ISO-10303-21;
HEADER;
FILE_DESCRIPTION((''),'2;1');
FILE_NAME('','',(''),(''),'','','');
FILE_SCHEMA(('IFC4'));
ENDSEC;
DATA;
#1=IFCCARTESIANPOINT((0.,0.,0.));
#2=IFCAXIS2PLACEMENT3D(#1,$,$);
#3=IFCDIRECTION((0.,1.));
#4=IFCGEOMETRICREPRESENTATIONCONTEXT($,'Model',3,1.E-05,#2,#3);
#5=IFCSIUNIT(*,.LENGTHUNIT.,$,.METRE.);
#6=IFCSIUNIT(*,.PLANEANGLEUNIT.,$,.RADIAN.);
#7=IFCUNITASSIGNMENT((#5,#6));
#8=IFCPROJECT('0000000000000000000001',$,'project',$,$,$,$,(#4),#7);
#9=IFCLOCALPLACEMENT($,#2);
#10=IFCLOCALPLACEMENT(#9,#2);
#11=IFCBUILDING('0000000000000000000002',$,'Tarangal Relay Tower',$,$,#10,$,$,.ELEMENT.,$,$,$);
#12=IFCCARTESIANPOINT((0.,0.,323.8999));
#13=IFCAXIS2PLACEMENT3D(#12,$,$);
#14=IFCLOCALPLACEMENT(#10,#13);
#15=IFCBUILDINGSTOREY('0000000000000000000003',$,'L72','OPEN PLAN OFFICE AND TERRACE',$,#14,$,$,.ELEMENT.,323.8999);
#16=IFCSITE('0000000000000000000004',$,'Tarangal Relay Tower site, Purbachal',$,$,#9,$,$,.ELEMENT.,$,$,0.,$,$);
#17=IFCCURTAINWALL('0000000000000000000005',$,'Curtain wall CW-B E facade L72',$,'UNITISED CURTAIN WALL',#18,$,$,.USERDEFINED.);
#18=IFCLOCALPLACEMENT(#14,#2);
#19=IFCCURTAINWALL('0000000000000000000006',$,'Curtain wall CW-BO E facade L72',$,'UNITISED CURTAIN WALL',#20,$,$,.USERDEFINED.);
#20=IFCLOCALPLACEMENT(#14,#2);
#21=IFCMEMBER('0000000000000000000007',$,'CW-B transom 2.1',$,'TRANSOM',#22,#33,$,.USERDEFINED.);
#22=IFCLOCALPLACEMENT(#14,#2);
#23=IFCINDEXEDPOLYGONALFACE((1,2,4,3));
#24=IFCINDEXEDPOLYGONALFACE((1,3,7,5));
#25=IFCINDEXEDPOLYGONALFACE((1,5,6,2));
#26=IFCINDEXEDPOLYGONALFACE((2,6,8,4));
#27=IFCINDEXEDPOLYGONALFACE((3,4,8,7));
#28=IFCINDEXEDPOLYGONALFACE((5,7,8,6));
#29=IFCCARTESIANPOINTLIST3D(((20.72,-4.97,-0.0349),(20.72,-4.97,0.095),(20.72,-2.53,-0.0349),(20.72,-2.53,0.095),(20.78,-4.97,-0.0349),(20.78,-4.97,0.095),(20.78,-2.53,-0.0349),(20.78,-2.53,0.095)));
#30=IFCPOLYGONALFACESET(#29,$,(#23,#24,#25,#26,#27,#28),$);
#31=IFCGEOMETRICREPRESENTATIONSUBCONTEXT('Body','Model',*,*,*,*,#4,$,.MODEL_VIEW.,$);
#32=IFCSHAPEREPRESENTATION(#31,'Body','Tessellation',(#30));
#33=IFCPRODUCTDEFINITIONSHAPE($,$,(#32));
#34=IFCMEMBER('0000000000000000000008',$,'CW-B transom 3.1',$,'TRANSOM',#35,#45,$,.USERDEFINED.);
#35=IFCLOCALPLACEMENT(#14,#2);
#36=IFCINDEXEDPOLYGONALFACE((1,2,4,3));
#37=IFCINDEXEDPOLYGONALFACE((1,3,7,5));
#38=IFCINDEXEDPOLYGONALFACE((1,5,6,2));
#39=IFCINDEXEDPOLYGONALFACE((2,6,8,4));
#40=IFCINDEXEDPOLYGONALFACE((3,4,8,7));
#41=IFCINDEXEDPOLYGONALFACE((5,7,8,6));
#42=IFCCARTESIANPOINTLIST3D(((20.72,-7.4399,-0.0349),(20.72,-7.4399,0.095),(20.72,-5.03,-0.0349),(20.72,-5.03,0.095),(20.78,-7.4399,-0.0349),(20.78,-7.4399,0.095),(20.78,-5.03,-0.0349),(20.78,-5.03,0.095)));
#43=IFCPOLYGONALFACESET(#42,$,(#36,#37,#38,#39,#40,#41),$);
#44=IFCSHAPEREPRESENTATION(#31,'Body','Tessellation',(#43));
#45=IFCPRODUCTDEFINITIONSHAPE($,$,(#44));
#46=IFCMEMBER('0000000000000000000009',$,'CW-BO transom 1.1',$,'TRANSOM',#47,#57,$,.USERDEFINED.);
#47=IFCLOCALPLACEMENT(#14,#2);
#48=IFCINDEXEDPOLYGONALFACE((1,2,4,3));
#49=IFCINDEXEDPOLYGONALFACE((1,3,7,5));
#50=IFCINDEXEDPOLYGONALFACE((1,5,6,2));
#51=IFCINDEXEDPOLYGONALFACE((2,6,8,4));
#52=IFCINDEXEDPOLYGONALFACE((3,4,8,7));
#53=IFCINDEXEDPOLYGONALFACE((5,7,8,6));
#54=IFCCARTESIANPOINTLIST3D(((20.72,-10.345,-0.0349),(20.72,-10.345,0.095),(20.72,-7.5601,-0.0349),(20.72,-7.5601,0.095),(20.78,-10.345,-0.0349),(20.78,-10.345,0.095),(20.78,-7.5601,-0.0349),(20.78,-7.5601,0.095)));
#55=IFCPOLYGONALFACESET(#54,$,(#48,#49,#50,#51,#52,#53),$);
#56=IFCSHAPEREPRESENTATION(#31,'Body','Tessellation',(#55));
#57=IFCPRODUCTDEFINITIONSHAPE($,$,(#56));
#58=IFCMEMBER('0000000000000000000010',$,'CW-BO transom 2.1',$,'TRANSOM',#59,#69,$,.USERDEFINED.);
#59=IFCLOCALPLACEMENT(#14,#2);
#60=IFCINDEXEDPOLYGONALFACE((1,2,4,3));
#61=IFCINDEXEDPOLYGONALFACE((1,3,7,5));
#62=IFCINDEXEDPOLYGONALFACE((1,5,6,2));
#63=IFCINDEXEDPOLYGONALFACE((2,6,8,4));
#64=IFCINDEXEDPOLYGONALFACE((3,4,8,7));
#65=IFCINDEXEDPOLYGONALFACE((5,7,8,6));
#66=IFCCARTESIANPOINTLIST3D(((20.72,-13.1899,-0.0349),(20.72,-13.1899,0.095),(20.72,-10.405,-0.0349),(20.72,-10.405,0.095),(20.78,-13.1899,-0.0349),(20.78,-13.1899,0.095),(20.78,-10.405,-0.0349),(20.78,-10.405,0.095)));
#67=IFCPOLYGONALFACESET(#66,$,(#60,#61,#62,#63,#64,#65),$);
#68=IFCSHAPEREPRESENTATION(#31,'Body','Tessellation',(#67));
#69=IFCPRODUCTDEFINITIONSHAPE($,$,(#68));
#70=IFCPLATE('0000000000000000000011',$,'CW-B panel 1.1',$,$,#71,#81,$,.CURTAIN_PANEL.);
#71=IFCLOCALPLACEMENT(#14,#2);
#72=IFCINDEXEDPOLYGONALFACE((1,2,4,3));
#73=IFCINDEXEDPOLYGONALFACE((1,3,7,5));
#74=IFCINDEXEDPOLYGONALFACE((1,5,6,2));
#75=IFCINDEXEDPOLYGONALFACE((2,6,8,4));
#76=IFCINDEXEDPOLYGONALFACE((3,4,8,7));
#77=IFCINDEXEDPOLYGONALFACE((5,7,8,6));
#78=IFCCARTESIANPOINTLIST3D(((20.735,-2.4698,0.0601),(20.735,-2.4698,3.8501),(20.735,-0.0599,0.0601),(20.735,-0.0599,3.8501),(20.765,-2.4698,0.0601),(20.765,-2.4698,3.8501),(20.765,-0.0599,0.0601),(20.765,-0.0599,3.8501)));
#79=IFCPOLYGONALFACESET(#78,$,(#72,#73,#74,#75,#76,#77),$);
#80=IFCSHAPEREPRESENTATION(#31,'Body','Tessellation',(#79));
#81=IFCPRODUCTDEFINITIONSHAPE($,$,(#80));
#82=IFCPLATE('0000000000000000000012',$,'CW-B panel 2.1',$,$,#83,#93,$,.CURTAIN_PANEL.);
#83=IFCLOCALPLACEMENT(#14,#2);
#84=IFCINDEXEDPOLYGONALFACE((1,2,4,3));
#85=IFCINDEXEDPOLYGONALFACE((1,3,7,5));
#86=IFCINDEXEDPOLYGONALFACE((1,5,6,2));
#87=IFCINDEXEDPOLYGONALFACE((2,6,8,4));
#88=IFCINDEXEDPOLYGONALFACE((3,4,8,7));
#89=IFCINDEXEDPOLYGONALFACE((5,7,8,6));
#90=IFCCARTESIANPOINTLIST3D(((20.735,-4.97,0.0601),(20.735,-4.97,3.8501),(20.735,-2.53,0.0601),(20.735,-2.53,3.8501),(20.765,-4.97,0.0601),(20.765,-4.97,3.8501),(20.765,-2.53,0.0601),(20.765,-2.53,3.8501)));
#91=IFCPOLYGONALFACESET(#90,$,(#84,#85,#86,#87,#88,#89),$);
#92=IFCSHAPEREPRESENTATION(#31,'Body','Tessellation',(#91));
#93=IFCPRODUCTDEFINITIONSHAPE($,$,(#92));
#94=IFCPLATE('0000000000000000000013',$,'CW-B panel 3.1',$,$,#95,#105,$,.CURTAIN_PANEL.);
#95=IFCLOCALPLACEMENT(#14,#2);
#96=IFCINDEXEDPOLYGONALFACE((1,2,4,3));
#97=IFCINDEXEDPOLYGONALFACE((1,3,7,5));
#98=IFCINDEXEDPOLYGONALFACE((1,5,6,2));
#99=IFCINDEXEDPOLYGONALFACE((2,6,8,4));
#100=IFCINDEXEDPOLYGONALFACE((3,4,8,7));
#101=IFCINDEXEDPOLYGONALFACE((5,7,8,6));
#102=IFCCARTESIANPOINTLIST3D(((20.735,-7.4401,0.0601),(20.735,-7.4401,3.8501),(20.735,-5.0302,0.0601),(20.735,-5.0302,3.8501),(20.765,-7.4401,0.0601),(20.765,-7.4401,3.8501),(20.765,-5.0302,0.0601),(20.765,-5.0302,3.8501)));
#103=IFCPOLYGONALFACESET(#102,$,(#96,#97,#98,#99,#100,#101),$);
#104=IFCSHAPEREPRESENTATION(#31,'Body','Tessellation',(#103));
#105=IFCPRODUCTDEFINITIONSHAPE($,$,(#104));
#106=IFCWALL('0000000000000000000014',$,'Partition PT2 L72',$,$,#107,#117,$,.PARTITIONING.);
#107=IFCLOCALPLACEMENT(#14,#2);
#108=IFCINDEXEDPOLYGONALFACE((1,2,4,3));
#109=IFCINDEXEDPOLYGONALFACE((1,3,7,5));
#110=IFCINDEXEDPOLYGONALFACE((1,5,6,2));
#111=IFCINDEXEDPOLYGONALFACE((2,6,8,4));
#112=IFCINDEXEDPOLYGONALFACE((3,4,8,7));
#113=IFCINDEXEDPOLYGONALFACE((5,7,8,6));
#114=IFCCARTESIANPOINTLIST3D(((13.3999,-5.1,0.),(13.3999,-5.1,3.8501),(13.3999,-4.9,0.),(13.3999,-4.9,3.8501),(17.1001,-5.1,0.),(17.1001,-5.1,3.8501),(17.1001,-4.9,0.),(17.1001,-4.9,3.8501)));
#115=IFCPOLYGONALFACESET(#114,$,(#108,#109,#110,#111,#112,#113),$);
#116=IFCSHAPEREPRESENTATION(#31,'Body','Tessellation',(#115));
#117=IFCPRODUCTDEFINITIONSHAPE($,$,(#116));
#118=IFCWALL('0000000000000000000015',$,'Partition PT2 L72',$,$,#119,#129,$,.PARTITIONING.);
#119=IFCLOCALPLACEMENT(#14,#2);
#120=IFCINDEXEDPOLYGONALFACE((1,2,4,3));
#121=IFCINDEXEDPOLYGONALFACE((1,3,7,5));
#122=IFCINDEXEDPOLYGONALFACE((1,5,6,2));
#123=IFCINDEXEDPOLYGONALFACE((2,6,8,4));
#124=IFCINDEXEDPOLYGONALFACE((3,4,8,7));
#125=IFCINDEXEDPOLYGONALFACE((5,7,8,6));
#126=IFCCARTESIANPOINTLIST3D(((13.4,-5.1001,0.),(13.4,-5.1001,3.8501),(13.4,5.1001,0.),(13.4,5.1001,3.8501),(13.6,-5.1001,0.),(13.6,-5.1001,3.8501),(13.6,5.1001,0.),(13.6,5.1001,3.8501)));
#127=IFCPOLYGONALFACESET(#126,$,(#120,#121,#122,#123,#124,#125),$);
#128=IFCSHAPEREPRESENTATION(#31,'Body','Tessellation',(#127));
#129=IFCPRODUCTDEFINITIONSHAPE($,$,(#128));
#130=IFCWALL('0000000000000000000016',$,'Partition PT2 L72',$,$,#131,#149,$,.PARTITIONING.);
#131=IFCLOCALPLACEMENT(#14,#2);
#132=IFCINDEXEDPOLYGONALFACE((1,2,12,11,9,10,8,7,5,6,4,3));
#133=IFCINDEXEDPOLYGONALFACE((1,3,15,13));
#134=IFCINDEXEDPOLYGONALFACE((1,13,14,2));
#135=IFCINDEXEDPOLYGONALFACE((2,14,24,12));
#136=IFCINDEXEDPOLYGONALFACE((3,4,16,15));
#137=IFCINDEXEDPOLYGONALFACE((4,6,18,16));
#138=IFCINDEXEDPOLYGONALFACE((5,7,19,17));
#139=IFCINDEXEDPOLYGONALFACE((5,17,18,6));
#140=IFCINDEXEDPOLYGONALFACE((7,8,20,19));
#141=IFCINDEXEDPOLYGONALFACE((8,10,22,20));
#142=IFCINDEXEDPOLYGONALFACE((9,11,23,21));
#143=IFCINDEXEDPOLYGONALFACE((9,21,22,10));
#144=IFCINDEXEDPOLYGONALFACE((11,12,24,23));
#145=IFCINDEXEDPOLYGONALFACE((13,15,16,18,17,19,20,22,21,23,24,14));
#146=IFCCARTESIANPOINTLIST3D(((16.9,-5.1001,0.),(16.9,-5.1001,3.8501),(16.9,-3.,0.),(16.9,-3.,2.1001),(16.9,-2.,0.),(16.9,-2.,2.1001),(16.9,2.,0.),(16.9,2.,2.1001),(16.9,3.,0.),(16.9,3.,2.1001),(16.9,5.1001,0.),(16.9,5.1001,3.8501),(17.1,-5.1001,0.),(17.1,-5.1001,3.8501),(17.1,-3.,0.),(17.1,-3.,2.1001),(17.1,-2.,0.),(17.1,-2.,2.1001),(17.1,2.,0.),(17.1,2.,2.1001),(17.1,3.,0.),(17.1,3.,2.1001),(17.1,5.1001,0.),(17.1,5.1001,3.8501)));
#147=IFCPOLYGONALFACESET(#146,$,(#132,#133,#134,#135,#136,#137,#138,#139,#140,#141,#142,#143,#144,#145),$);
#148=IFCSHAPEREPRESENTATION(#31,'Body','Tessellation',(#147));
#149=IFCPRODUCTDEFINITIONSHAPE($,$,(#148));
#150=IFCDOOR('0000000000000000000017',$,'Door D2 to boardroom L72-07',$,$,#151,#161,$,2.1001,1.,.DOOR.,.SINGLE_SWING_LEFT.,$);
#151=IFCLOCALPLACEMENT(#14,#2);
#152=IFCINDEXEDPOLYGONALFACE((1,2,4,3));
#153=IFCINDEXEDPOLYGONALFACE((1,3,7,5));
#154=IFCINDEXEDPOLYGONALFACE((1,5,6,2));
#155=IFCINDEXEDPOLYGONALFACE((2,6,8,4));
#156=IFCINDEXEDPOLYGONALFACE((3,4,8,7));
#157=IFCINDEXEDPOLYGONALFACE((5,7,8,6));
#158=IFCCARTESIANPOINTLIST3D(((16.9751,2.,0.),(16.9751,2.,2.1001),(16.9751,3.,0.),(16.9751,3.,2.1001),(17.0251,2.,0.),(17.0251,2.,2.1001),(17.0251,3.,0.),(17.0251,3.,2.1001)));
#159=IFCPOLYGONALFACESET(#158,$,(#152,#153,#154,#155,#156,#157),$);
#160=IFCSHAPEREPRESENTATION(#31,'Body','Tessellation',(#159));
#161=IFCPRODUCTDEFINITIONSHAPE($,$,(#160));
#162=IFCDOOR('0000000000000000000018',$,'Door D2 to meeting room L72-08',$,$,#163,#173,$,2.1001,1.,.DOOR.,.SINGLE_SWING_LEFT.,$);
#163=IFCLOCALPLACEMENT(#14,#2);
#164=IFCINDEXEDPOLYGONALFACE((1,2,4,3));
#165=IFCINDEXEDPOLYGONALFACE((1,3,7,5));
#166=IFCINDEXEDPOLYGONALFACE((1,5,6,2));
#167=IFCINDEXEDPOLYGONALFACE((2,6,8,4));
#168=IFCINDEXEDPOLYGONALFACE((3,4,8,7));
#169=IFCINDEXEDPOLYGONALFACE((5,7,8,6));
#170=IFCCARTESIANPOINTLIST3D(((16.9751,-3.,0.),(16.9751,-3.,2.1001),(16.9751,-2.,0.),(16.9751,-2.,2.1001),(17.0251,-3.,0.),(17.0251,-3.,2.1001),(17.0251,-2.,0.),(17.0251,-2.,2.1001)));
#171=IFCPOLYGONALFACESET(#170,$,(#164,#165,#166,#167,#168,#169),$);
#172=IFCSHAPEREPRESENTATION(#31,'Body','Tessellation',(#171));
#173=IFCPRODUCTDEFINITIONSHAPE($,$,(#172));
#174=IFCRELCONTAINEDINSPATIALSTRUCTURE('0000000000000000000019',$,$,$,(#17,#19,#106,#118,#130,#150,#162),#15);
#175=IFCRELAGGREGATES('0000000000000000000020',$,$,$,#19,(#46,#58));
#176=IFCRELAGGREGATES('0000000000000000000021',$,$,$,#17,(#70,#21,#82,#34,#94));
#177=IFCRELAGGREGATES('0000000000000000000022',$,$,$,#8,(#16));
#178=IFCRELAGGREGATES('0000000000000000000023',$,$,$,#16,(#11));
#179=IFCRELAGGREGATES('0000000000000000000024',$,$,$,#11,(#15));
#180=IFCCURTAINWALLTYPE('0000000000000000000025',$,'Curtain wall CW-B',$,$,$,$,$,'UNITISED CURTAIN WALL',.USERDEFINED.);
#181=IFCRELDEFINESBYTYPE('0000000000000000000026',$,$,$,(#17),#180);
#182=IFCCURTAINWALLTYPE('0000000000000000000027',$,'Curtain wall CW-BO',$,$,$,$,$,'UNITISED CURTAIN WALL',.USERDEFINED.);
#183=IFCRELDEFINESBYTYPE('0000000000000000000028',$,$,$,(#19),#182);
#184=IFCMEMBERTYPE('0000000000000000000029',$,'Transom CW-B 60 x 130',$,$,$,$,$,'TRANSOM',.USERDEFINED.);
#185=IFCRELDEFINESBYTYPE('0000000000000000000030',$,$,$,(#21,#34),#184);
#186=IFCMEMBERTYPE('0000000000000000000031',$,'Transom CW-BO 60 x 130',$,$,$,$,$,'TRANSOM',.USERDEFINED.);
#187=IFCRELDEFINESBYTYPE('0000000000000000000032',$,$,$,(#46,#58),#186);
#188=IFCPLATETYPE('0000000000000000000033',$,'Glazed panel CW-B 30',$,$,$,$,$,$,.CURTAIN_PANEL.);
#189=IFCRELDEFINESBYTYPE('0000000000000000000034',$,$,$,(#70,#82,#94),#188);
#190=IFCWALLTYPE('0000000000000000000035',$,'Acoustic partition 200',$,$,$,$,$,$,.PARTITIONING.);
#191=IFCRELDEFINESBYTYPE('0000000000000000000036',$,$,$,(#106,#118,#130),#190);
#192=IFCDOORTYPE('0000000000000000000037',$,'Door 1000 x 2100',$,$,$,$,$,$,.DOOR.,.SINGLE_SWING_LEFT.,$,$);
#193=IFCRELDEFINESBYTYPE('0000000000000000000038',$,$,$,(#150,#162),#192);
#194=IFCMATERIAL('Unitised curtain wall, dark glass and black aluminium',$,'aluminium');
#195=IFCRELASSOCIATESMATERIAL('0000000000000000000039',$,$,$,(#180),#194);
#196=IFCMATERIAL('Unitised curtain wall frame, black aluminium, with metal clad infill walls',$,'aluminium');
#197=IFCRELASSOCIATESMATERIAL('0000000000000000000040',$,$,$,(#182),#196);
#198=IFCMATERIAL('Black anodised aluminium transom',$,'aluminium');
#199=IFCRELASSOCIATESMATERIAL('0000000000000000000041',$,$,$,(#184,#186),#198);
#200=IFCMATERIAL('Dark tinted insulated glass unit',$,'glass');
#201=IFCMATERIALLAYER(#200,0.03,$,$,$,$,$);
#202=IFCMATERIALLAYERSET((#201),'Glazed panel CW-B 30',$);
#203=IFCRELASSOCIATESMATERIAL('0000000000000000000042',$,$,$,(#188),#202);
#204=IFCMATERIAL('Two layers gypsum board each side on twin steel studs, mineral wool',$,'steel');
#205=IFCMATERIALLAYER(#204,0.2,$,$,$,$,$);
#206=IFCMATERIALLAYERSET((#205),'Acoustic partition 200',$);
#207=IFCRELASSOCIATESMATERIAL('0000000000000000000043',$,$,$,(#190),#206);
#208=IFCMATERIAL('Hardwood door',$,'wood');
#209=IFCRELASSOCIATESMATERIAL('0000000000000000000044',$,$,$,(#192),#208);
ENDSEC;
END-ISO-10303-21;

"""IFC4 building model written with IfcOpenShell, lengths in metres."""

from ifc_helpers import new_model, si_unit, direction, frame, frame_2d, origin, origin_2d, place, context, subcontext, project, spatial, rectangle, extrude, material, layer, layer_set, material_profile, profile_set, type_object, element, fill, aggregate, save


model = new_model("IFC4")

# Units and contexts
model_context = context("Model", 3, precision=1e-05, world=origin(), true_north=direction((0.0, 1.0)))
body_context = subcontext(model_context, "Body", "Model", "MODEL_VIEW")
ifc_project = project(units=[si_unit("LENGTHUNIT", "METRE"), si_unit("PLANEANGLEUNIT", "RADIAN")], contexts=[model_context])

# Site, building, storey
site_placement = place(None, origin())
site = spatial("IfcSite", under=ifc_project, at=site_placement, Name="Tarangal Relay Tower site, Purbachal", CompositionType="ELEMENT", RefElevation=0.0)
building_placement = place(site_placement, origin())
building = spatial("IfcBuilding", under=site, at=building_placement, Name="Tarangal Relay Tower", CompositionType="ELEMENT")
storey_placement = place(building_placement, frame((0.0, 0.0, 323.8999)))
storey = spatial("IfcBuildingStorey", under=building, at=storey_placement, Name="L72", Description="OPEN PLAN OFFICE AND TERRACE", CompositionType="ELEMENT", Elevation=323.8999)

# Curtain walls
ifc_material_1 = material(Name="Unitised curtain wall, dark glass and black aluminium", Category="aluminium")
curtain_wall_type_1 = type_object("IfcCurtainWallType", Name="Curtain wall CW-B", ElementType="UNITISED CURTAIN WALL", PredefinedType="USERDEFINED", material=ifc_material_1)
curtain_wall_1_placement = place(storey_placement, origin())
curtain_wall_1 = element("IfcCurtainWall", 1, at=curtain_wall_1_placement, inside=storey, type_object=curtain_wall_type_1, Name="Curtain wall CW-B E facade L72", ObjectType="UNITISED CURTAIN WALL", PredefinedType="USERDEFINED")
ifc_material_2 = material(Name="Unitised curtain wall frame, black aluminium, with metal clad infill walls", Category="aluminium")
curtain_wall_type_2 = type_object("IfcCurtainWallType", Name="Curtain wall CW-BO", ElementType="UNITISED CURTAIN WALL", PredefinedType="USERDEFINED", material=ifc_material_2)
curtain_wall_2_placement = place(storey_placement, origin())
curtain_wall_2 = element("IfcCurtainWall", 2, at=curtain_wall_2_placement, inside=storey, type_object=curtain_wall_type_2, Name="Curtain wall CW-BO E facade L72", ObjectType="UNITISED CURTAIN WALL", PredefinedType="USERDEFINED")

# Members
ifc_material_3 = material(Name="Black anodised aluminium transom", Category="aluminium")
ifc_material_profile_1 = material_profile(ifc_material_3, rectangle(XDim=0.0601, YDim=0.1299, at=origin_2d()), Name="CW-BT 60X130")
ifc_profile_set_1 = profile_set([ifc_material_profile_1], Name="Black anodised aluminium transom")
member_type_1 = type_object("IfcMemberType", Name="Transom CW-B 60 x 130", ElementType="TRANSOM", PredefinedType="USERDEFINED", material=ifc_profile_set_1)
member_1_placement = place(storey_placement, frame((20.75, -2.53, 0.03), z_axis=(0.0, -1.0, 0.0), x_axis=(1.0, 0.0, 0.0)))
member_1 = element("IfcMember", 3, at=member_1_placement, type_object=member_type_1, Name="CW-B transom 2.1", ObjectType="TRANSOM", PredefinedType="USERDEFINED", context=body_context, shape_type="SweptSolid", body=[
    extrude(rectangle(XDim=0.0601, YDim=0.1299, at=origin_2d()), origin(), (0.0, 0.0, 1.0), 2.4399),
])
member_2_placement = place(storey_placement, frame((20.75, -5.03, 0.03), z_axis=(0.0, -1.0, 0.0), x_axis=(1.0, 0.0, 0.0)))
member_2 = element("IfcMember", 4, at=member_2_placement, type_object=member_type_1, Name="CW-B transom 3.1", ObjectType="TRANSOM", PredefinedType="USERDEFINED", context=body_context, shape_type="SweptSolid", body=[
    extrude(rectangle(XDim=0.0601, YDim=0.1299, at=origin_2d()), origin(), (0.0, 0.0, 1.0), 2.4099),
])
ifc_material_profile_2 = material_profile(ifc_material_3, rectangle(XDim=0.0601, YDim=0.1299, at=origin_2d()), Name="CW-BOT 60X130")
ifc_profile_set_2 = profile_set([ifc_material_profile_2], Name="Black anodised aluminium transom")
member_type_2 = type_object("IfcMemberType", Name="Transom CW-BO 60 x 130", ElementType="TRANSOM", PredefinedType="USERDEFINED", material=ifc_profile_set_2)
member_3_placement = place(storey_placement, frame((20.75, -7.5601, 0.03), z_axis=(0.0, -1.0, 0.0), x_axis=(1.0, 0.0, 0.0)))
member_3 = element("IfcMember", 5, at=member_3_placement, type_object=member_type_2, Name="CW-BO transom 1.1", ObjectType="TRANSOM", PredefinedType="USERDEFINED", context=body_context, shape_type="SweptSolid", body=[
    extrude(rectangle(XDim=0.0601, YDim=0.1299, at=origin_2d()), origin(), (0.0, 0.0, 1.0), 2.7849),
])
member_4_placement = place(storey_placement, frame((20.75, -10.405, 0.03), z_axis=(0.0, -1.0, 0.0), x_axis=(1.0, 0.0, 0.0)))
member_4 = element("IfcMember", 6, at=member_4_placement, type_object=member_type_2, Name="CW-BO transom 2.1", ObjectType="TRANSOM", PredefinedType="USERDEFINED", context=body_context, shape_type="SweptSolid", body=[
    extrude(rectangle(XDim=0.0601, YDim=0.1299, at=origin_2d()), origin(), (0.0, 0.0, 1.0), 2.7849),
])
aggregate(curtain_wall_2, [member_3, member_4])

# Plates
ifc_material_4 = material(Name="Dark tinted insulated glass unit", Category="glass")
ifc_layer_1 = layer(ifc_material_4, 0.03)
ifc_layer_set_1 = layer_set([ifc_layer_1], Name="Glazed panel CW-B 30")
plate_type = type_object("IfcPlateType", Name="Glazed panel CW-B 30", PredefinedType="CURTAIN_PANEL", material=ifc_layer_set_1)
plate_1_placement = place(storey_placement, frame((20.75, -1.2649, 0.0601), z_axis=(0.0, 0.0, 1.0), x_axis=(0.0, -1.0, 0.0)))
plate_1 = element("IfcPlate", 7, at=plate_1_placement, type_object=plate_type, Name="CW-B panel 1.1", PredefinedType="CURTAIN_PANEL", context=body_context, shape_type="SweptSolid", body=[
    extrude(rectangle(XDim=2.4099, YDim=0.03, at=origin_2d()), origin(), (0.0, 0.0, 1.0), 3.79),
])
plate_2_placement = place(storey_placement, frame((20.75, -3.75, 0.0601), z_axis=(0.0, 0.0, 1.0), x_axis=(0.0, -1.0, 0.0)))
plate_2 = element("IfcPlate", 8, at=plate_2_placement, type_object=plate_type, Name="CW-B panel 2.1", PredefinedType="CURTAIN_PANEL", context=body_context, shape_type="SweptSolid", body=[
    extrude(rectangle(XDim=2.4399, YDim=0.03, at=origin_2d()), origin(), (0.0, 0.0, 1.0), 3.79),
])
plate_3_placement = place(storey_placement, frame((20.75, -6.2351, 0.0601), z_axis=(0.0, 0.0, 1.0), x_axis=(0.0, -1.0, 0.0)))
plate_3 = element("IfcPlate", 9, at=plate_3_placement, type_object=plate_type, Name="CW-B panel 3.1", PredefinedType="CURTAIN_PANEL", context=body_context, shape_type="SweptSolid", body=[
    extrude(rectangle(XDim=2.4099, YDim=0.03, at=origin_2d()), origin(), (0.0, 0.0, 1.0), 3.79),
])
aggregate(curtain_wall_1, [plate_1, member_1, plate_2, member_2, plate_3])

# Walls
ifc_material_5 = material(Name="Two layers gypsum board each side on twin steel studs, mineral wool", Category="steel")
ifc_layer_2 = layer(ifc_material_5, 0.2)
ifc_layer_set_2 = layer_set([ifc_layer_2], Name="Acoustic partition 200")
wall_type_1 = type_object("IfcWallType", Name="Acoustic partition 200", PredefinedType="PARTITIONING", material=ifc_layer_set_2)
wall_1_placement = place(storey_placement, frame((13.3999, -5.0, 0.0), z_axis=(0.0, 0.0, 1.0), x_axis=(1.0, 0.0, 0.0)))
element("IfcWall", 10, at=wall_1_placement, inside=storey, type_object=wall_type_1, Name="Partition PT2 L72", PredefinedType="PARTITIONING", context=body_context, shape_type="SweptSolid", body=[
    extrude(rectangle(XDim=3.7002, YDim=0.2, at=frame_2d((1.8501, 0.0))), origin(), (0.0, 0.0, 1.0), 3.8501),
])
wall_2_placement = place(storey_placement, frame((13.5, -5.1001, 0.0), z_axis=(0.0, 0.0, 1.0), x_axis=(0.0, 1.0, 0.0)))
element("IfcWall", 11, at=wall_2_placement, inside=storey, type_object=wall_type_1, Name="Partition PT2 L72", PredefinedType="PARTITIONING", context=body_context, shape_type="SweptSolid", body=[
    extrude(rectangle(XDim=10.2002, YDim=0.2, at=frame_2d((5.1001, 0.0))), origin(), (0.0, 0.0, 1.0), 3.8501),
])

# Wall, openings, doors
wall_3_placement = place(storey_placement, frame((17.0, -5.1001, 0.0), z_axis=(0.0, 0.0, 1.0), x_axis=(0.0, 1.0, 0.0)))
wall_3 = element("IfcWall", 12, at=wall_3_placement, inside=storey, type_object=wall_type_1, Name="Partition PT2 L72", PredefinedType="PARTITIONING", context=body_context, shape_type="SweptSolid", body=[
    extrude(rectangle(XDim=10.2002, YDim=0.2, at=frame_2d((5.1001, 0.0))), origin(), (0.0, 0.0, 1.0), 3.8501),
])
opening_1_placement = place(wall_3_placement, frame((7.1001, 0.0, 0.0)))
opening_1 = element("IfcOpeningElement", 13, at=opening_1_placement, cuts=wall_3, PredefinedType="OPENING", context=body_context, shape_type="SweptSolid", body=[
    extrude(rectangle(XDim=1.0, YDim=2.1001, at=frame_2d((0.5, 1.05))), frame((0.0, 0.1099, 0.0), z_axis=(0.0, -1.0, 0.0), x_axis=(1.0, 0.0, 0.0)), (0.0, 0.0, 1.0), 0.22),
])
opening_2_placement = place(wall_3_placement, frame((2.1001, 0.0, 0.0)))
opening_2 = element("IfcOpeningElement", 14, at=opening_2_placement, cuts=wall_3, PredefinedType="OPENING", context=body_context, shape_type="SweptSolid", body=[
    extrude(rectangle(XDim=1.0, YDim=2.1001, at=frame_2d((0.5, 1.05))), frame((0.0, 0.1099, 0.0), z_axis=(0.0, -1.0, 0.0), x_axis=(1.0, 0.0, 0.0)), (0.0, 0.0, 1.0), 0.22),
])
ifc_material_6 = material(Name="Hardwood door", Category="wood")
door_type_1 = type_object("IfcDoorType", Name="Door 1000 x 2100", OperationType="SINGLE_SWING_LEFT", PredefinedType="DOOR", material=ifc_material_6)
door_1_placement = place(opening_1_placement, origin())
door_1 = element("IfcDoor", 15, at=door_1_placement, inside=storey, type_object=door_type_1, Name="Door D2 to boardroom L72-07", OperationType="SINGLE_SWING_LEFT", OverallHeight=2.1001, OverallWidth=1.0, PredefinedType="DOOR", context=body_context, shape_type="SweptSolid", body=[
    extrude(rectangle(XDim=1.0, YDim=2.1001, at=frame_2d((0.5, 1.05))), frame((0.0, 0.0249, 0.0), z_axis=(0.0, -1.0, 0.0), x_axis=(1.0, 0.0, 0.0)), (0.0, 0.0, 1.0), 0.05),
])
fill(opening_1, door_1)
door_2_placement = place(opening_2_placement, origin())
door_2 = element("IfcDoor", 16, at=door_2_placement, inside=storey, type_object=door_type_1, Name="Door D2 to meeting room L72-08", OperationType="SINGLE_SWING_LEFT", OverallHeight=2.1001, OverallWidth=1.0, PredefinedType="DOOR", context=body_context, shape_type="SweptSolid", body=[
    extrude(rectangle(XDim=1.0, YDim=2.1001, at=frame_2d((0.5, 1.05))), frame((0.0, 0.0249, 0.0), z_axis=(0.0, -1.0, 0.0), x_axis=(1.0, 0.0, 0.0)), (0.0, 0.0, 1.0), 0.05),
])
fill(opening_2, door_2)

save(model, "model.ifc")
